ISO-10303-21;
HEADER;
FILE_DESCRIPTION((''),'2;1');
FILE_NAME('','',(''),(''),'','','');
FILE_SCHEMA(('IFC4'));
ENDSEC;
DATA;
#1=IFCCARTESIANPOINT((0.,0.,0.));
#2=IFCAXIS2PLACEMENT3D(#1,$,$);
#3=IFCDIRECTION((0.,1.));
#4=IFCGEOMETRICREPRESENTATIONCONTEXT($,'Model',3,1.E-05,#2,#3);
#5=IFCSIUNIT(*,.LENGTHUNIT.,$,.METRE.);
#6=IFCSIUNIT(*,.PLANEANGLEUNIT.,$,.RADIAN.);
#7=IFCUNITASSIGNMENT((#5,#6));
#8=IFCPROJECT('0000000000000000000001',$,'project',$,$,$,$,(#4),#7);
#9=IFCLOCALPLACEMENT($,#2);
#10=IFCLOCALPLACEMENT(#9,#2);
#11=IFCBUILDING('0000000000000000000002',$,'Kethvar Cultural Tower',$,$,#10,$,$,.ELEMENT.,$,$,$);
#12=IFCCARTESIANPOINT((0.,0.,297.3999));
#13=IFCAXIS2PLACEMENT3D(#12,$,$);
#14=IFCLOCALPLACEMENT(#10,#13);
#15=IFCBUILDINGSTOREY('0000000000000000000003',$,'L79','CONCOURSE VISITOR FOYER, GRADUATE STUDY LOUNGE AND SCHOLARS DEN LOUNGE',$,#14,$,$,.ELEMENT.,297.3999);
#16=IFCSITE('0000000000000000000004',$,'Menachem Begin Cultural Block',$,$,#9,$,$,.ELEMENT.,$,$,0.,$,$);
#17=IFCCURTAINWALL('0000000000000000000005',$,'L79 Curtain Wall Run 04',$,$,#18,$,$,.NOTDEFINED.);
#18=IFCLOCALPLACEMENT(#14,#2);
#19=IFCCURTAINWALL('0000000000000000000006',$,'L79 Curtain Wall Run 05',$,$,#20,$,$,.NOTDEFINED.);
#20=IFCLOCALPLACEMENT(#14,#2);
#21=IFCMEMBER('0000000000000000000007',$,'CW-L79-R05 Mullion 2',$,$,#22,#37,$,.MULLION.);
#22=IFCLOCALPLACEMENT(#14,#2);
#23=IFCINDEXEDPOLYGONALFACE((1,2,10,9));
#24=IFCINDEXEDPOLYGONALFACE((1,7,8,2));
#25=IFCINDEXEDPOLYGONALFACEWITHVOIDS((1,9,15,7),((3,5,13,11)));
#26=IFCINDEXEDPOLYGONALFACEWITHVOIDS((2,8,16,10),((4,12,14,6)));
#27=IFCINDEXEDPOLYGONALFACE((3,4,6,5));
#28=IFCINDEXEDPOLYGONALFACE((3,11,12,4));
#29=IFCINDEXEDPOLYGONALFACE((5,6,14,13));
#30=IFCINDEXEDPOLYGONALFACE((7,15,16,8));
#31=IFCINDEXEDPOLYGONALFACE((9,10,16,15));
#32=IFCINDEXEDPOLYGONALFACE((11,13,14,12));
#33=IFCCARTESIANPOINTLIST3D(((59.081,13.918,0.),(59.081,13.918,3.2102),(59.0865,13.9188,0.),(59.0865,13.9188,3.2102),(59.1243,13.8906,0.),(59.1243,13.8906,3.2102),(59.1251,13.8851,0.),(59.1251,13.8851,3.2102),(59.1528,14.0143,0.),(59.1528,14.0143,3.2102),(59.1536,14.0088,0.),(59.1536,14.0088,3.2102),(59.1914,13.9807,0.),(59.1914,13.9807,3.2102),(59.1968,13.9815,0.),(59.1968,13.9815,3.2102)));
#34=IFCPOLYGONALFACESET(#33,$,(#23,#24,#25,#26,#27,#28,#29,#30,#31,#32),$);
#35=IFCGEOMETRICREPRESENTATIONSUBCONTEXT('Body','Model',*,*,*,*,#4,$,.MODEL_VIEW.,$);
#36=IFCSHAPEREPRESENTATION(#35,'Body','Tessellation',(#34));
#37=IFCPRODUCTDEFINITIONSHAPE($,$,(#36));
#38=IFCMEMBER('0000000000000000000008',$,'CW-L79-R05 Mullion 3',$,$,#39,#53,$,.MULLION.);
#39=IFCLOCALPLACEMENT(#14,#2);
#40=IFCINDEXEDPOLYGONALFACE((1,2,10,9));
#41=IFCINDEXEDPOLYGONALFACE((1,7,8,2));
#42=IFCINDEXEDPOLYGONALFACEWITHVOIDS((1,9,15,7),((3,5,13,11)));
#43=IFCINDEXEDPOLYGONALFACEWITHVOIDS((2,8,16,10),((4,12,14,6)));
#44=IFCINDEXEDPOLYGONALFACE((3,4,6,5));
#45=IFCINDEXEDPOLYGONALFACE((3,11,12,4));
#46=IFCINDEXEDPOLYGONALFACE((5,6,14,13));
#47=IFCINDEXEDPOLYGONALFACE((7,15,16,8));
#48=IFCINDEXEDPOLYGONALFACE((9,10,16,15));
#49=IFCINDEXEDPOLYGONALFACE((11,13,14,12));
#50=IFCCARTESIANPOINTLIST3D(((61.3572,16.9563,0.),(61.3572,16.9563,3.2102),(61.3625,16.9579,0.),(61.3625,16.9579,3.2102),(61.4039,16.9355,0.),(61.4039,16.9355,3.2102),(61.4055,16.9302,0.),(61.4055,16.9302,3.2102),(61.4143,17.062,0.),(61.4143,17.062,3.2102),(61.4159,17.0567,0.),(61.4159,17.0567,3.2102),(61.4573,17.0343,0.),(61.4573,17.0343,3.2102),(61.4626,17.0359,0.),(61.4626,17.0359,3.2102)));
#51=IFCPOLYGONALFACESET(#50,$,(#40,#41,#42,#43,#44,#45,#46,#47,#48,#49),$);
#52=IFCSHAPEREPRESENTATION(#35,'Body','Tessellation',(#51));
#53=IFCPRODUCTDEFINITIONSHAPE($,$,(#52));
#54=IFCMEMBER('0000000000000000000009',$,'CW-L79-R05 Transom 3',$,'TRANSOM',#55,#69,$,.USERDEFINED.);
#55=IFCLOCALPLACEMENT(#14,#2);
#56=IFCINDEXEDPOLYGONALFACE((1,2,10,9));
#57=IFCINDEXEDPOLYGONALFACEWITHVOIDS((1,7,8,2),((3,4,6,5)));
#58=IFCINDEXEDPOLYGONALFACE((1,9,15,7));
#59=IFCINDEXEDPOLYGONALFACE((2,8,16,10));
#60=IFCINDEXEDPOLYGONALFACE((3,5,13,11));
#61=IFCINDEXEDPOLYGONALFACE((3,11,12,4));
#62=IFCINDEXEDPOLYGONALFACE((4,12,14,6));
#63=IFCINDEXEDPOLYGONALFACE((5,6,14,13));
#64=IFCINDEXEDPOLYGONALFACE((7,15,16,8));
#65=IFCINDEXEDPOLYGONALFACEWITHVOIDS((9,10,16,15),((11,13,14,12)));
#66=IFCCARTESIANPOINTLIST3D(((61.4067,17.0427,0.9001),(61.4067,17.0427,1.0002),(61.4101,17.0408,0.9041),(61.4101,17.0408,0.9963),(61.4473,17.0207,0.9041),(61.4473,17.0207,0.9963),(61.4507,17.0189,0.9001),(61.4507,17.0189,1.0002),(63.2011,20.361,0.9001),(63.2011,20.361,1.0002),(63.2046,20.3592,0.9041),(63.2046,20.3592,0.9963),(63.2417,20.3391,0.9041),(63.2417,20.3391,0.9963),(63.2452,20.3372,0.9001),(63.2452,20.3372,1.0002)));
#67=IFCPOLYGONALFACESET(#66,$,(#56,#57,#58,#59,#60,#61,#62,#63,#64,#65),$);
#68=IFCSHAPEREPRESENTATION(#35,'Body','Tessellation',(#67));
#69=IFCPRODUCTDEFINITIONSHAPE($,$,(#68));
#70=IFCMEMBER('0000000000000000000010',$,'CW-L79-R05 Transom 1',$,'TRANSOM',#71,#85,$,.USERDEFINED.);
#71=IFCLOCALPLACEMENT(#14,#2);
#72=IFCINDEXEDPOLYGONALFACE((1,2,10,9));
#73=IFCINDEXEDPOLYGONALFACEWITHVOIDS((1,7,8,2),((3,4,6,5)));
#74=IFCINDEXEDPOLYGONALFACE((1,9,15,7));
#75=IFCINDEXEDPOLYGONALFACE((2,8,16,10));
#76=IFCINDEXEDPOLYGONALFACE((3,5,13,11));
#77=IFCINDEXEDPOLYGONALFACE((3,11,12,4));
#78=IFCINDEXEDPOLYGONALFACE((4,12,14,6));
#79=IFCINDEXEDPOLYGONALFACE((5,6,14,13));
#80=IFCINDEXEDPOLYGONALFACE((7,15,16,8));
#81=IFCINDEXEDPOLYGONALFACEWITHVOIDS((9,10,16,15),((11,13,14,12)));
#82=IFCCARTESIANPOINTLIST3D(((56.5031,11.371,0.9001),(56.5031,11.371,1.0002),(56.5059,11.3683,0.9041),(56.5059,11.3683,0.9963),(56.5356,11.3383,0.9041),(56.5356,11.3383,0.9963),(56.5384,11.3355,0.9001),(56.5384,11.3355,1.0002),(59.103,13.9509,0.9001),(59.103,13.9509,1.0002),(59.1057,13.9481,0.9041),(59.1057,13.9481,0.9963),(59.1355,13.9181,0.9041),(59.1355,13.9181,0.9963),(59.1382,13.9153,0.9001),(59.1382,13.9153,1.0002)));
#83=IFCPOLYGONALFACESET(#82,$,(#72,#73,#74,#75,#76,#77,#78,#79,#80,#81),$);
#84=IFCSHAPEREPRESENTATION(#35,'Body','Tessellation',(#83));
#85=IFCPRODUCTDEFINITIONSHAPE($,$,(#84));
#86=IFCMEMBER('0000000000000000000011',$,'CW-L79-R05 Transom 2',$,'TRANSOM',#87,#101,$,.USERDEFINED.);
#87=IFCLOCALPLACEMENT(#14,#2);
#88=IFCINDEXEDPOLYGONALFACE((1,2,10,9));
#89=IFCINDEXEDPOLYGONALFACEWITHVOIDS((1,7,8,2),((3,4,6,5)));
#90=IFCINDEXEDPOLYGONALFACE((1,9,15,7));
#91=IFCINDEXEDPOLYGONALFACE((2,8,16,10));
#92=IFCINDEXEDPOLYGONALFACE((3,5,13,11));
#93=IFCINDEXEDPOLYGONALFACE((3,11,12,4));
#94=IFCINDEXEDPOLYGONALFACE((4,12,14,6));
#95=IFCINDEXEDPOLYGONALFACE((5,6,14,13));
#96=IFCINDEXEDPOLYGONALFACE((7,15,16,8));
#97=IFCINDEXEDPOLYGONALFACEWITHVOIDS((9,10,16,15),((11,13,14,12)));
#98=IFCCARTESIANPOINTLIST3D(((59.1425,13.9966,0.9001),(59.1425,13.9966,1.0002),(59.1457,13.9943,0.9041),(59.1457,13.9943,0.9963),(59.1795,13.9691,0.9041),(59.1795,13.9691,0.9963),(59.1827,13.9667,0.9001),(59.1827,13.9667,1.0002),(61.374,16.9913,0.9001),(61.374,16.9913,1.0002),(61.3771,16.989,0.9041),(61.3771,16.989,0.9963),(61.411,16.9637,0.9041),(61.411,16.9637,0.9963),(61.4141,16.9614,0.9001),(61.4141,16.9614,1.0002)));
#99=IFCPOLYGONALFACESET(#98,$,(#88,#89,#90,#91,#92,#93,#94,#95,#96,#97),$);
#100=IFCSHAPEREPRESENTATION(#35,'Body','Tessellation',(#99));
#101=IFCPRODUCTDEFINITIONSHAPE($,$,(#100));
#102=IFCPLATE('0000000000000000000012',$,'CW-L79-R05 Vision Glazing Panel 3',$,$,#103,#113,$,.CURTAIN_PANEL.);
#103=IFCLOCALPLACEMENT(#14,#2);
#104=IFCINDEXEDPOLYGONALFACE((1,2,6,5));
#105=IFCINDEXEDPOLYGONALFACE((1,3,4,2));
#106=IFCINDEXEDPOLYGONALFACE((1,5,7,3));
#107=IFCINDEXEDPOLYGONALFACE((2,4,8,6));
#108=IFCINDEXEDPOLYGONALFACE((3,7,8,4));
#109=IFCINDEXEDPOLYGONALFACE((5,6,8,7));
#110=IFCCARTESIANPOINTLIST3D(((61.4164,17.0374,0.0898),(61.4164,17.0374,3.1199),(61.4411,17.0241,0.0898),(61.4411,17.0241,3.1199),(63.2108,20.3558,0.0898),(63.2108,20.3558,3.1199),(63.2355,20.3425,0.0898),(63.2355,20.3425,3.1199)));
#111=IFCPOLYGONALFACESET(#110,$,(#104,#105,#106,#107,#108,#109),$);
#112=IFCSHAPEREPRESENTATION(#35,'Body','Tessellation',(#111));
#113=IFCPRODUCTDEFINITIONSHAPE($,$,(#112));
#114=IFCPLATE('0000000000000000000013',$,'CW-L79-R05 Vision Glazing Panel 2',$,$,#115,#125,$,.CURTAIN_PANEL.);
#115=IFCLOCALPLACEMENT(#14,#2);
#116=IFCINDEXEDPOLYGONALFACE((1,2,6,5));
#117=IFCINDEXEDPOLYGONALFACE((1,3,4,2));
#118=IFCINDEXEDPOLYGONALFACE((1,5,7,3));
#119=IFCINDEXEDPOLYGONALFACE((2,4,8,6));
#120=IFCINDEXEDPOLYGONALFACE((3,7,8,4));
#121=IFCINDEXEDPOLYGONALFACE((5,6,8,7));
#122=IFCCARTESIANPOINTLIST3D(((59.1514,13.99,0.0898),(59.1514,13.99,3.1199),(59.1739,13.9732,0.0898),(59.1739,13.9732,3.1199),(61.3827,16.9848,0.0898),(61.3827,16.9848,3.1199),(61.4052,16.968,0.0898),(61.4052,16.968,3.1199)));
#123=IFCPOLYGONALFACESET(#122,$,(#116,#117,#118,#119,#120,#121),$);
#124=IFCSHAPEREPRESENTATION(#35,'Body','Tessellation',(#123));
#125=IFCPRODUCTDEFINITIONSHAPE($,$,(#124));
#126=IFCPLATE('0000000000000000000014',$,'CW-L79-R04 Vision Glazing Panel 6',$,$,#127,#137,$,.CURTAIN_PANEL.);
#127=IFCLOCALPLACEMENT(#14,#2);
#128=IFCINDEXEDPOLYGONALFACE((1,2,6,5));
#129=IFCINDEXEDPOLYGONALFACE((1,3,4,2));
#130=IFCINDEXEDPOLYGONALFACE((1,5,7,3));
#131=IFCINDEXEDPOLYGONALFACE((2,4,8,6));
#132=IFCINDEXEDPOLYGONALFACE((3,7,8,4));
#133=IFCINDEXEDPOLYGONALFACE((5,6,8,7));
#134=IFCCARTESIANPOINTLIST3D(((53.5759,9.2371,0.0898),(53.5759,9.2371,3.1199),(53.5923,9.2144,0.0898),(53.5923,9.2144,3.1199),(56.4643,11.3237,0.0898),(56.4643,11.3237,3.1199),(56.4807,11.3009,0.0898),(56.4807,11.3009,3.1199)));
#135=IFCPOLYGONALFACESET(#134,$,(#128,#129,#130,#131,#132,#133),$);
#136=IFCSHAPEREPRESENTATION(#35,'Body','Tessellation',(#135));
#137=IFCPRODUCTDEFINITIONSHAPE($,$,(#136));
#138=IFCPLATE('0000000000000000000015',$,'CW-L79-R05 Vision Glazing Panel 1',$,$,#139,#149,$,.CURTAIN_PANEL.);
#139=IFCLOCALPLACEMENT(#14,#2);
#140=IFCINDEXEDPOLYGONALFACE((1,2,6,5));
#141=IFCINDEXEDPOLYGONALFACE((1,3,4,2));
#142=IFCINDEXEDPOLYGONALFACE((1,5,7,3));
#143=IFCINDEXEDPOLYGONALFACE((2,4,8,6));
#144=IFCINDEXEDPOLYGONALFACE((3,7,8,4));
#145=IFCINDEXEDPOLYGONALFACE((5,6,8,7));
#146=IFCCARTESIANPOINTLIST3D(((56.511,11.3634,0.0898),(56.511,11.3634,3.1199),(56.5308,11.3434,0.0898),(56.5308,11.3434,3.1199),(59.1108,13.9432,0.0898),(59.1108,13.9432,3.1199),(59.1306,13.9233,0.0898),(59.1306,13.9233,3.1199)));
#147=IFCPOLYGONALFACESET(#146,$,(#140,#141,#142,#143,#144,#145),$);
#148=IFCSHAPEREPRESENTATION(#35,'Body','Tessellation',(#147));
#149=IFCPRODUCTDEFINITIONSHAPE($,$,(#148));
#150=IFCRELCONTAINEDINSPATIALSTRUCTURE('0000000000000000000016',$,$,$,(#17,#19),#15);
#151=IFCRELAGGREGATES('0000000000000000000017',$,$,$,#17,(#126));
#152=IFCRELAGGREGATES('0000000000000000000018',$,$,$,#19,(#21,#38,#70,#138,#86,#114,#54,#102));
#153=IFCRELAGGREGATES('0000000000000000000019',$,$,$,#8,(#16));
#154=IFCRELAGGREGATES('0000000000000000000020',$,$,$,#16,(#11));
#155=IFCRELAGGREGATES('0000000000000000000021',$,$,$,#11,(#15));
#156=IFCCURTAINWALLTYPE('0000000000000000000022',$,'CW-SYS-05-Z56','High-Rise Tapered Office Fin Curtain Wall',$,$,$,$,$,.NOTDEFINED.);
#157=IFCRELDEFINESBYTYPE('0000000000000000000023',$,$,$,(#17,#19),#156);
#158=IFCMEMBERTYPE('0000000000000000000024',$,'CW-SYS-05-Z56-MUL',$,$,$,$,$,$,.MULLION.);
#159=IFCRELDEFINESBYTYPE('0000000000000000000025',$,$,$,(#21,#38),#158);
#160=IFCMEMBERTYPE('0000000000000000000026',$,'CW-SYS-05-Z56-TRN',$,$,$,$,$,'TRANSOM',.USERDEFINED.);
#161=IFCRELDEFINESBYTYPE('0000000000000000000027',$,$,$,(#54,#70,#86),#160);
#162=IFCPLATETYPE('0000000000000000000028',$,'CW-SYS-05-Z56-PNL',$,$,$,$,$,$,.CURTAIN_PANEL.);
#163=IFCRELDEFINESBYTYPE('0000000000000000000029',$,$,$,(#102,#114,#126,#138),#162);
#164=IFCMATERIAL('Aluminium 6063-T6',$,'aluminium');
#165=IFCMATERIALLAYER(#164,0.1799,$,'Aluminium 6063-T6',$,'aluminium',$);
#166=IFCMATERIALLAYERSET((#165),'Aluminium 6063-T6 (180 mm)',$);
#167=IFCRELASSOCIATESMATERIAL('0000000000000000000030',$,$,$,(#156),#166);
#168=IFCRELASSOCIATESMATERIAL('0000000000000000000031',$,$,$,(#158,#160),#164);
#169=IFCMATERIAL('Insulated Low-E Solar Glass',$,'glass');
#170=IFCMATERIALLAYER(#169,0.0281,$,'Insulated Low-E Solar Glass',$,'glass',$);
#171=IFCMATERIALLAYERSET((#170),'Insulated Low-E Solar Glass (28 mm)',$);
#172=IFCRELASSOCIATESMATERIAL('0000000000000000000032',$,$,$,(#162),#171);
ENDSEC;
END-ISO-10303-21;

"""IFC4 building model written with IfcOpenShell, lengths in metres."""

from ifc_helpers import new_model, si_unit, direction, frame, origin, origin_2d, place, context, subcontext, project, spatial, rectangle, hollow_rectangle, extrude, source, transform, mapped, material, layer, layer_set, material_profile, profile_set, type_object, element, aggregate, save


model = new_model("IFC4")

# Units and contexts
model_context = context("Model", 3, precision=1e-05, world=origin(), true_north=direction((0.0, 1.0)))
body_context = subcontext(model_context, "Body", "Model", "MODEL_VIEW")
ifc_project = project(units=[si_unit("LENGTHUNIT", "METRE"), si_unit("PLANEANGLEUNIT", "RADIAN")], contexts=[model_context])

# Site, building, storey
site_placement = place(None, origin())
site = spatial("IfcSite", under=ifc_project, at=site_placement, Name="Menachem Begin Cultural Block", CompositionType="ELEMENT", RefElevation=0.0)
building_placement = place(site_placement, origin())
building = spatial("IfcBuilding", under=site, at=building_placement, Name="Kethvar Cultural Tower", CompositionType="ELEMENT")
storey_placement = place(building_placement, frame((0.0, 0.0, 297.3999)))
storey = spatial("IfcBuildingStorey", under=building, at=storey_placement, Name="L79", Description="CONCOURSE VISITOR FOYER, GRADUATE STUDY LOUNGE AND SCHOLARS DEN LOUNGE", CompositionType="ELEMENT", Elevation=297.3999)

# Curtain wall
ifc_material_1 = material(Name="Aluminium 6063-T6", Category="aluminium")
ifc_layer_1 = layer(ifc_material_1, 0.1799, Name="Aluminium 6063-T6", Category="aluminium")
ifc_layer_set_1 = layer_set([ifc_layer_1], Name="Aluminium 6063-T6 (180 mm)")
curtain_wall_type = type_object("IfcCurtainWallType", Name="CW-SYS-05-Z56", Description="High-Rise Tapered Office Fin Curtain Wall", PredefinedType="NOTDEFINED", material=ifc_layer_set_1)
curtain_wall_1_placement = place(storey_placement, origin())
curtain_wall_1 = element("IfcCurtainWall", 1, at=curtain_wall_1_placement, inside=storey, type_object=curtain_wall_type, Name="L79 Curtain Wall Run 04", PredefinedType="NOTDEFINED")
ifc_material_profile_1 = material_profile(ifc_material_1, hollow_rectangle(XDim=0.0549, YDim=0.1201, WallThickness=0.0039, at=origin_2d()), Name="Aluminium 6063-T6 — RHS120x55x4")
ifc_profile_set_1 = profile_set([ifc_material_profile_1], Name="Aluminium 6063-T6 — RHS120x55x4")
member_type_1 = type_object("IfcMemberType", Name="CW-SYS-05-Z56-MUL", PredefinedType="MULLION", material=ifc_profile_set_1)
shared_shape_1 = source(origin(), body_context, "Body", "SweptSolid", [
    extrude(hollow_rectangle(XDim=0.0549, YDim=0.1201, WallThickness=0.0039, at=origin_2d()), origin(), (0.0, 0.0, 1.0), 3.2102),
])

# Curtain wall, members, plates
curtain_wall_2_placement = place(storey_placement, origin())
curtain_wall_2 = element("IfcCurtainWall", 2, at=curtain_wall_2_placement, inside=storey, type_object=curtain_wall_type, Name="L79 Curtain Wall Run 05", PredefinedType="NOTDEFINED")
member_1_placement = place(storey_placement, frame((59.1389, 13.9497, 0.0), z_axis=(0.0, 0.0, 1.0), x_axis=(-0.801901, 0.597457, 0.0)))
member_1 = element("IfcMember", 3, at=member_1_placement, type_object=member_type_1, Name="CW-L79-R05 Mullion 2", PredefinedType="MULLION", context=body_context, shape_type="MappedRepresentation", body=[
    mapped(shared_shape_1, transform((0.0, 0.0, 0.0), scale=1.0)),
])
member_2_placement = place(storey_placement, frame((61.4099, 16.9961, 0.0), z_axis=(0.0, 0.0, 1.0), x_axis=(-0.879632, 0.475655, 0.0)))
member_2 = element("IfcMember", 4, at=member_2_placement, type_object=member_type_1, Name="CW-L79-R05 Mullion 3", PredefinedType="MULLION", context=body_context, shape_type="MappedRepresentation", body=[
    mapped(shared_shape_1, transform((0.0, 0.0, 0.0), scale=1.0)),
])
ifc_material_profile_2 = material_profile(ifc_material_1, hollow_rectangle(XDim=0.05, YDim=0.1001, WallThickness=0.0039, at=origin_2d()), Name="Aluminium 6063-T6 — RHS100x50x4")
ifc_profile_set_2 = profile_set([ifc_material_profile_2], Name="Aluminium 6063-T6 — RHS100x50x4")
member_type_2 = type_object("IfcMemberType", Name="CW-SYS-05-Z56-TRN", ElementType="TRANSOM", PredefinedType="USERDEFINED", material=ifc_profile_set_2)
shared_shape_2 = source(origin(), body_context, "Body", "SweptSolid", [
    extrude(hollow_rectangle(XDim=0.05, YDim=0.1001, WallThickness=0.0039, at=origin_2d()), origin(), (0.0, 0.0, 1.0), 3.7725),
])
member_3_placement = place(storey_placement, frame((61.4287, 17.0308, 0.9502), z_axis=(0.475666, 0.879626, 0.0), x_axis=(-0.879626, 0.475666, 0.0)))
member_3 = element("IfcMember", 5, at=member_3_placement, type_object=member_type_2, Name="CW-L79-R05 Transom 3", ObjectType="TRANSOM", PredefinedType="USERDEFINED", context=body_context, shape_type="MappedRepresentation", body=[
    mapped(shared_shape_2, transform((0.0, 0.0, 0.0), scale=1.0)),
])
shared_shape_3 = source(origin(), body_context, "Body", "SweptSolid", [
    extrude(hollow_rectangle(XDim=0.05, YDim=0.1001, WallThickness=0.0039, at=origin_2d()), origin(), (0.0, 0.0, 1.0), 3.6626),
])
member_4_placement = place(storey_placement, frame((56.5208, 11.3533, 0.9502), z_axis=(0.709834, 0.704369, 0.0), x_axis=(-0.704369, 0.709834, 0.0)))
member_4 = element("IfcMember", 6, at=member_4_placement, type_object=member_type_2, Name="CW-L79-R05 Transom 1", ObjectType="TRANSOM", PredefinedType="USERDEFINED", context=body_context, shape_type="MappedRepresentation", body=[
    mapped(shared_shape_3, transform((0.0, 0.0, 0.0), scale=1.0)),
])
shared_shape_4 = source(origin(), body_context, "Body", "SweptSolid", [
    extrude(hollow_rectangle(XDim=0.05, YDim=0.1001, WallThickness=0.0039, at=origin_2d()), origin(), (0.0, 0.0, 1.0), 3.7346),
])
member_5_placement = place(storey_placement, frame((59.1626, 13.9817, 0.9502), z_axis=(0.597508, 0.801863, 0.0), x_axis=(-0.801863, 0.597508, 0.0)))
member_5 = element("IfcMember", 7, at=member_5_placement, type_object=member_type_2, Name="CW-L79-R05 Transom 2", ObjectType="TRANSOM", PredefinedType="USERDEFINED", context=body_context, shape_type="MappedRepresentation", body=[
    mapped(shared_shape_4, transform((0.0, 0.0, 0.0), scale=1.0)),
])
ifc_material_2 = material(Name="Insulated Low-E Solar Glass", Category="glass")
ifc_layer_2 = layer(ifc_material_2, 0.0281, Name="Insulated Low-E Solar Glass", Category="glass")
ifc_layer_set_2 = layer_set([ifc_layer_2], Name="Insulated Low-E Solar Glass (28 mm)")
plate_type = type_object("IfcPlateType", Name="CW-SYS-05-Z56-PNL", PredefinedType="CURTAIN_PANEL", material=ifc_layer_set_2)
shared_shape_5 = source(origin(), body_context, "Body", "SweptSolid", [
    extrude(rectangle(XDim=3.7725, YDim=0.0281, at=origin_2d()), origin(), (0.0, 0.0, 1.0), 3.03),
])
plate_1_placement = place(storey_placement, frame((62.3259, 18.6899, 0.0898), z_axis=(0.0, 0.0, 1.0), x_axis=(0.475655, 0.879632, 0.0)))
plate_1 = element("IfcPlate", 8, at=plate_1_placement, type_object=plate_type, Name="CW-L79-R05 Vision Glazing Panel 3", PredefinedType="CURTAIN_PANEL", context=body_context, shape_type="MappedRepresentation", body=[
    mapped(shared_shape_5, transform((0.0, 0.0, 0.0), scale=1.0)),
])
shared_shape_6 = source(origin(), body_context, "Body", "SweptSolid", [
    extrude(rectangle(XDim=3.7346, YDim=0.0281, at=origin_2d()), origin(), (0.0, 0.0, 1.0), 3.03),
])
plate_2_placement = place(storey_placement, frame((60.2783, 15.479, 0.0898), z_axis=(0.0, 0.0, 1.0), x_axis=(0.597457, 0.801901, 0.0)))
plate_2 = element("IfcPlate", 9, at=plate_2_placement, type_object=plate_type, Name="CW-L79-R05 Vision Glazing Panel 2", PredefinedType="CURTAIN_PANEL", context=body_context, shape_type="MappedRepresentation", body=[
    mapped(shared_shape_6, transform((0.0, 0.0, 0.0), scale=1.0)),
])

# Plates
shared_shape_7 = source(origin(), body_context, "Body", "SweptSolid", [
    extrude(rectangle(XDim=3.5632, YDim=0.0281, at=origin_2d()), origin(), (0.0, 0.0, 1.0), 3.03),
])
plate_3_placement = place(storey_placement, frame((55.0283, 10.269, 0.0898), z_axis=(0.0, 0.0, 1.0), x_axis=(0.810614, 0.58558, 0.0)))
plate_3 = element("IfcPlate", 10, at=plate_3_placement, type_object=plate_type, Name="CW-L79-R04 Vision Glazing Panel 6", PredefinedType="CURTAIN_PANEL", context=body_context, shape_type="MappedRepresentation", body=[
    mapped(shared_shape_7, transform((0.0, 0.0, 0.0), scale=1.0)),
])
aggregate(curtain_wall_1, [plate_3])
shared_shape_8 = source(origin(), body_context, "Body", "SweptSolid", [
    extrude(rectangle(XDim=3.6626, YDim=0.0281, at=origin_2d()), origin(), (0.0, 0.0, 1.0), 3.03),
])
plate_4_placement = place(storey_placement, frame((57.8208, 12.6433, 0.0898), z_axis=(0.0, 0.0, 1.0), x_axis=(0.709829, 0.704374, 0.0)))
plate_4 = element("IfcPlate", 11, at=plate_4_placement, type_object=plate_type, Name="CW-L79-R05 Vision Glazing Panel 1", PredefinedType="CURTAIN_PANEL", context=body_context, shape_type="MappedRepresentation", body=[
    mapped(shared_shape_8, transform((0.0, 0.0, 0.0), scale=1.0)),
])
aggregate(curtain_wall_2, [member_1, member_2, member_4, plate_4, member_5, plate_2, member_3, plate_1])

save(model, "model.ifc")
